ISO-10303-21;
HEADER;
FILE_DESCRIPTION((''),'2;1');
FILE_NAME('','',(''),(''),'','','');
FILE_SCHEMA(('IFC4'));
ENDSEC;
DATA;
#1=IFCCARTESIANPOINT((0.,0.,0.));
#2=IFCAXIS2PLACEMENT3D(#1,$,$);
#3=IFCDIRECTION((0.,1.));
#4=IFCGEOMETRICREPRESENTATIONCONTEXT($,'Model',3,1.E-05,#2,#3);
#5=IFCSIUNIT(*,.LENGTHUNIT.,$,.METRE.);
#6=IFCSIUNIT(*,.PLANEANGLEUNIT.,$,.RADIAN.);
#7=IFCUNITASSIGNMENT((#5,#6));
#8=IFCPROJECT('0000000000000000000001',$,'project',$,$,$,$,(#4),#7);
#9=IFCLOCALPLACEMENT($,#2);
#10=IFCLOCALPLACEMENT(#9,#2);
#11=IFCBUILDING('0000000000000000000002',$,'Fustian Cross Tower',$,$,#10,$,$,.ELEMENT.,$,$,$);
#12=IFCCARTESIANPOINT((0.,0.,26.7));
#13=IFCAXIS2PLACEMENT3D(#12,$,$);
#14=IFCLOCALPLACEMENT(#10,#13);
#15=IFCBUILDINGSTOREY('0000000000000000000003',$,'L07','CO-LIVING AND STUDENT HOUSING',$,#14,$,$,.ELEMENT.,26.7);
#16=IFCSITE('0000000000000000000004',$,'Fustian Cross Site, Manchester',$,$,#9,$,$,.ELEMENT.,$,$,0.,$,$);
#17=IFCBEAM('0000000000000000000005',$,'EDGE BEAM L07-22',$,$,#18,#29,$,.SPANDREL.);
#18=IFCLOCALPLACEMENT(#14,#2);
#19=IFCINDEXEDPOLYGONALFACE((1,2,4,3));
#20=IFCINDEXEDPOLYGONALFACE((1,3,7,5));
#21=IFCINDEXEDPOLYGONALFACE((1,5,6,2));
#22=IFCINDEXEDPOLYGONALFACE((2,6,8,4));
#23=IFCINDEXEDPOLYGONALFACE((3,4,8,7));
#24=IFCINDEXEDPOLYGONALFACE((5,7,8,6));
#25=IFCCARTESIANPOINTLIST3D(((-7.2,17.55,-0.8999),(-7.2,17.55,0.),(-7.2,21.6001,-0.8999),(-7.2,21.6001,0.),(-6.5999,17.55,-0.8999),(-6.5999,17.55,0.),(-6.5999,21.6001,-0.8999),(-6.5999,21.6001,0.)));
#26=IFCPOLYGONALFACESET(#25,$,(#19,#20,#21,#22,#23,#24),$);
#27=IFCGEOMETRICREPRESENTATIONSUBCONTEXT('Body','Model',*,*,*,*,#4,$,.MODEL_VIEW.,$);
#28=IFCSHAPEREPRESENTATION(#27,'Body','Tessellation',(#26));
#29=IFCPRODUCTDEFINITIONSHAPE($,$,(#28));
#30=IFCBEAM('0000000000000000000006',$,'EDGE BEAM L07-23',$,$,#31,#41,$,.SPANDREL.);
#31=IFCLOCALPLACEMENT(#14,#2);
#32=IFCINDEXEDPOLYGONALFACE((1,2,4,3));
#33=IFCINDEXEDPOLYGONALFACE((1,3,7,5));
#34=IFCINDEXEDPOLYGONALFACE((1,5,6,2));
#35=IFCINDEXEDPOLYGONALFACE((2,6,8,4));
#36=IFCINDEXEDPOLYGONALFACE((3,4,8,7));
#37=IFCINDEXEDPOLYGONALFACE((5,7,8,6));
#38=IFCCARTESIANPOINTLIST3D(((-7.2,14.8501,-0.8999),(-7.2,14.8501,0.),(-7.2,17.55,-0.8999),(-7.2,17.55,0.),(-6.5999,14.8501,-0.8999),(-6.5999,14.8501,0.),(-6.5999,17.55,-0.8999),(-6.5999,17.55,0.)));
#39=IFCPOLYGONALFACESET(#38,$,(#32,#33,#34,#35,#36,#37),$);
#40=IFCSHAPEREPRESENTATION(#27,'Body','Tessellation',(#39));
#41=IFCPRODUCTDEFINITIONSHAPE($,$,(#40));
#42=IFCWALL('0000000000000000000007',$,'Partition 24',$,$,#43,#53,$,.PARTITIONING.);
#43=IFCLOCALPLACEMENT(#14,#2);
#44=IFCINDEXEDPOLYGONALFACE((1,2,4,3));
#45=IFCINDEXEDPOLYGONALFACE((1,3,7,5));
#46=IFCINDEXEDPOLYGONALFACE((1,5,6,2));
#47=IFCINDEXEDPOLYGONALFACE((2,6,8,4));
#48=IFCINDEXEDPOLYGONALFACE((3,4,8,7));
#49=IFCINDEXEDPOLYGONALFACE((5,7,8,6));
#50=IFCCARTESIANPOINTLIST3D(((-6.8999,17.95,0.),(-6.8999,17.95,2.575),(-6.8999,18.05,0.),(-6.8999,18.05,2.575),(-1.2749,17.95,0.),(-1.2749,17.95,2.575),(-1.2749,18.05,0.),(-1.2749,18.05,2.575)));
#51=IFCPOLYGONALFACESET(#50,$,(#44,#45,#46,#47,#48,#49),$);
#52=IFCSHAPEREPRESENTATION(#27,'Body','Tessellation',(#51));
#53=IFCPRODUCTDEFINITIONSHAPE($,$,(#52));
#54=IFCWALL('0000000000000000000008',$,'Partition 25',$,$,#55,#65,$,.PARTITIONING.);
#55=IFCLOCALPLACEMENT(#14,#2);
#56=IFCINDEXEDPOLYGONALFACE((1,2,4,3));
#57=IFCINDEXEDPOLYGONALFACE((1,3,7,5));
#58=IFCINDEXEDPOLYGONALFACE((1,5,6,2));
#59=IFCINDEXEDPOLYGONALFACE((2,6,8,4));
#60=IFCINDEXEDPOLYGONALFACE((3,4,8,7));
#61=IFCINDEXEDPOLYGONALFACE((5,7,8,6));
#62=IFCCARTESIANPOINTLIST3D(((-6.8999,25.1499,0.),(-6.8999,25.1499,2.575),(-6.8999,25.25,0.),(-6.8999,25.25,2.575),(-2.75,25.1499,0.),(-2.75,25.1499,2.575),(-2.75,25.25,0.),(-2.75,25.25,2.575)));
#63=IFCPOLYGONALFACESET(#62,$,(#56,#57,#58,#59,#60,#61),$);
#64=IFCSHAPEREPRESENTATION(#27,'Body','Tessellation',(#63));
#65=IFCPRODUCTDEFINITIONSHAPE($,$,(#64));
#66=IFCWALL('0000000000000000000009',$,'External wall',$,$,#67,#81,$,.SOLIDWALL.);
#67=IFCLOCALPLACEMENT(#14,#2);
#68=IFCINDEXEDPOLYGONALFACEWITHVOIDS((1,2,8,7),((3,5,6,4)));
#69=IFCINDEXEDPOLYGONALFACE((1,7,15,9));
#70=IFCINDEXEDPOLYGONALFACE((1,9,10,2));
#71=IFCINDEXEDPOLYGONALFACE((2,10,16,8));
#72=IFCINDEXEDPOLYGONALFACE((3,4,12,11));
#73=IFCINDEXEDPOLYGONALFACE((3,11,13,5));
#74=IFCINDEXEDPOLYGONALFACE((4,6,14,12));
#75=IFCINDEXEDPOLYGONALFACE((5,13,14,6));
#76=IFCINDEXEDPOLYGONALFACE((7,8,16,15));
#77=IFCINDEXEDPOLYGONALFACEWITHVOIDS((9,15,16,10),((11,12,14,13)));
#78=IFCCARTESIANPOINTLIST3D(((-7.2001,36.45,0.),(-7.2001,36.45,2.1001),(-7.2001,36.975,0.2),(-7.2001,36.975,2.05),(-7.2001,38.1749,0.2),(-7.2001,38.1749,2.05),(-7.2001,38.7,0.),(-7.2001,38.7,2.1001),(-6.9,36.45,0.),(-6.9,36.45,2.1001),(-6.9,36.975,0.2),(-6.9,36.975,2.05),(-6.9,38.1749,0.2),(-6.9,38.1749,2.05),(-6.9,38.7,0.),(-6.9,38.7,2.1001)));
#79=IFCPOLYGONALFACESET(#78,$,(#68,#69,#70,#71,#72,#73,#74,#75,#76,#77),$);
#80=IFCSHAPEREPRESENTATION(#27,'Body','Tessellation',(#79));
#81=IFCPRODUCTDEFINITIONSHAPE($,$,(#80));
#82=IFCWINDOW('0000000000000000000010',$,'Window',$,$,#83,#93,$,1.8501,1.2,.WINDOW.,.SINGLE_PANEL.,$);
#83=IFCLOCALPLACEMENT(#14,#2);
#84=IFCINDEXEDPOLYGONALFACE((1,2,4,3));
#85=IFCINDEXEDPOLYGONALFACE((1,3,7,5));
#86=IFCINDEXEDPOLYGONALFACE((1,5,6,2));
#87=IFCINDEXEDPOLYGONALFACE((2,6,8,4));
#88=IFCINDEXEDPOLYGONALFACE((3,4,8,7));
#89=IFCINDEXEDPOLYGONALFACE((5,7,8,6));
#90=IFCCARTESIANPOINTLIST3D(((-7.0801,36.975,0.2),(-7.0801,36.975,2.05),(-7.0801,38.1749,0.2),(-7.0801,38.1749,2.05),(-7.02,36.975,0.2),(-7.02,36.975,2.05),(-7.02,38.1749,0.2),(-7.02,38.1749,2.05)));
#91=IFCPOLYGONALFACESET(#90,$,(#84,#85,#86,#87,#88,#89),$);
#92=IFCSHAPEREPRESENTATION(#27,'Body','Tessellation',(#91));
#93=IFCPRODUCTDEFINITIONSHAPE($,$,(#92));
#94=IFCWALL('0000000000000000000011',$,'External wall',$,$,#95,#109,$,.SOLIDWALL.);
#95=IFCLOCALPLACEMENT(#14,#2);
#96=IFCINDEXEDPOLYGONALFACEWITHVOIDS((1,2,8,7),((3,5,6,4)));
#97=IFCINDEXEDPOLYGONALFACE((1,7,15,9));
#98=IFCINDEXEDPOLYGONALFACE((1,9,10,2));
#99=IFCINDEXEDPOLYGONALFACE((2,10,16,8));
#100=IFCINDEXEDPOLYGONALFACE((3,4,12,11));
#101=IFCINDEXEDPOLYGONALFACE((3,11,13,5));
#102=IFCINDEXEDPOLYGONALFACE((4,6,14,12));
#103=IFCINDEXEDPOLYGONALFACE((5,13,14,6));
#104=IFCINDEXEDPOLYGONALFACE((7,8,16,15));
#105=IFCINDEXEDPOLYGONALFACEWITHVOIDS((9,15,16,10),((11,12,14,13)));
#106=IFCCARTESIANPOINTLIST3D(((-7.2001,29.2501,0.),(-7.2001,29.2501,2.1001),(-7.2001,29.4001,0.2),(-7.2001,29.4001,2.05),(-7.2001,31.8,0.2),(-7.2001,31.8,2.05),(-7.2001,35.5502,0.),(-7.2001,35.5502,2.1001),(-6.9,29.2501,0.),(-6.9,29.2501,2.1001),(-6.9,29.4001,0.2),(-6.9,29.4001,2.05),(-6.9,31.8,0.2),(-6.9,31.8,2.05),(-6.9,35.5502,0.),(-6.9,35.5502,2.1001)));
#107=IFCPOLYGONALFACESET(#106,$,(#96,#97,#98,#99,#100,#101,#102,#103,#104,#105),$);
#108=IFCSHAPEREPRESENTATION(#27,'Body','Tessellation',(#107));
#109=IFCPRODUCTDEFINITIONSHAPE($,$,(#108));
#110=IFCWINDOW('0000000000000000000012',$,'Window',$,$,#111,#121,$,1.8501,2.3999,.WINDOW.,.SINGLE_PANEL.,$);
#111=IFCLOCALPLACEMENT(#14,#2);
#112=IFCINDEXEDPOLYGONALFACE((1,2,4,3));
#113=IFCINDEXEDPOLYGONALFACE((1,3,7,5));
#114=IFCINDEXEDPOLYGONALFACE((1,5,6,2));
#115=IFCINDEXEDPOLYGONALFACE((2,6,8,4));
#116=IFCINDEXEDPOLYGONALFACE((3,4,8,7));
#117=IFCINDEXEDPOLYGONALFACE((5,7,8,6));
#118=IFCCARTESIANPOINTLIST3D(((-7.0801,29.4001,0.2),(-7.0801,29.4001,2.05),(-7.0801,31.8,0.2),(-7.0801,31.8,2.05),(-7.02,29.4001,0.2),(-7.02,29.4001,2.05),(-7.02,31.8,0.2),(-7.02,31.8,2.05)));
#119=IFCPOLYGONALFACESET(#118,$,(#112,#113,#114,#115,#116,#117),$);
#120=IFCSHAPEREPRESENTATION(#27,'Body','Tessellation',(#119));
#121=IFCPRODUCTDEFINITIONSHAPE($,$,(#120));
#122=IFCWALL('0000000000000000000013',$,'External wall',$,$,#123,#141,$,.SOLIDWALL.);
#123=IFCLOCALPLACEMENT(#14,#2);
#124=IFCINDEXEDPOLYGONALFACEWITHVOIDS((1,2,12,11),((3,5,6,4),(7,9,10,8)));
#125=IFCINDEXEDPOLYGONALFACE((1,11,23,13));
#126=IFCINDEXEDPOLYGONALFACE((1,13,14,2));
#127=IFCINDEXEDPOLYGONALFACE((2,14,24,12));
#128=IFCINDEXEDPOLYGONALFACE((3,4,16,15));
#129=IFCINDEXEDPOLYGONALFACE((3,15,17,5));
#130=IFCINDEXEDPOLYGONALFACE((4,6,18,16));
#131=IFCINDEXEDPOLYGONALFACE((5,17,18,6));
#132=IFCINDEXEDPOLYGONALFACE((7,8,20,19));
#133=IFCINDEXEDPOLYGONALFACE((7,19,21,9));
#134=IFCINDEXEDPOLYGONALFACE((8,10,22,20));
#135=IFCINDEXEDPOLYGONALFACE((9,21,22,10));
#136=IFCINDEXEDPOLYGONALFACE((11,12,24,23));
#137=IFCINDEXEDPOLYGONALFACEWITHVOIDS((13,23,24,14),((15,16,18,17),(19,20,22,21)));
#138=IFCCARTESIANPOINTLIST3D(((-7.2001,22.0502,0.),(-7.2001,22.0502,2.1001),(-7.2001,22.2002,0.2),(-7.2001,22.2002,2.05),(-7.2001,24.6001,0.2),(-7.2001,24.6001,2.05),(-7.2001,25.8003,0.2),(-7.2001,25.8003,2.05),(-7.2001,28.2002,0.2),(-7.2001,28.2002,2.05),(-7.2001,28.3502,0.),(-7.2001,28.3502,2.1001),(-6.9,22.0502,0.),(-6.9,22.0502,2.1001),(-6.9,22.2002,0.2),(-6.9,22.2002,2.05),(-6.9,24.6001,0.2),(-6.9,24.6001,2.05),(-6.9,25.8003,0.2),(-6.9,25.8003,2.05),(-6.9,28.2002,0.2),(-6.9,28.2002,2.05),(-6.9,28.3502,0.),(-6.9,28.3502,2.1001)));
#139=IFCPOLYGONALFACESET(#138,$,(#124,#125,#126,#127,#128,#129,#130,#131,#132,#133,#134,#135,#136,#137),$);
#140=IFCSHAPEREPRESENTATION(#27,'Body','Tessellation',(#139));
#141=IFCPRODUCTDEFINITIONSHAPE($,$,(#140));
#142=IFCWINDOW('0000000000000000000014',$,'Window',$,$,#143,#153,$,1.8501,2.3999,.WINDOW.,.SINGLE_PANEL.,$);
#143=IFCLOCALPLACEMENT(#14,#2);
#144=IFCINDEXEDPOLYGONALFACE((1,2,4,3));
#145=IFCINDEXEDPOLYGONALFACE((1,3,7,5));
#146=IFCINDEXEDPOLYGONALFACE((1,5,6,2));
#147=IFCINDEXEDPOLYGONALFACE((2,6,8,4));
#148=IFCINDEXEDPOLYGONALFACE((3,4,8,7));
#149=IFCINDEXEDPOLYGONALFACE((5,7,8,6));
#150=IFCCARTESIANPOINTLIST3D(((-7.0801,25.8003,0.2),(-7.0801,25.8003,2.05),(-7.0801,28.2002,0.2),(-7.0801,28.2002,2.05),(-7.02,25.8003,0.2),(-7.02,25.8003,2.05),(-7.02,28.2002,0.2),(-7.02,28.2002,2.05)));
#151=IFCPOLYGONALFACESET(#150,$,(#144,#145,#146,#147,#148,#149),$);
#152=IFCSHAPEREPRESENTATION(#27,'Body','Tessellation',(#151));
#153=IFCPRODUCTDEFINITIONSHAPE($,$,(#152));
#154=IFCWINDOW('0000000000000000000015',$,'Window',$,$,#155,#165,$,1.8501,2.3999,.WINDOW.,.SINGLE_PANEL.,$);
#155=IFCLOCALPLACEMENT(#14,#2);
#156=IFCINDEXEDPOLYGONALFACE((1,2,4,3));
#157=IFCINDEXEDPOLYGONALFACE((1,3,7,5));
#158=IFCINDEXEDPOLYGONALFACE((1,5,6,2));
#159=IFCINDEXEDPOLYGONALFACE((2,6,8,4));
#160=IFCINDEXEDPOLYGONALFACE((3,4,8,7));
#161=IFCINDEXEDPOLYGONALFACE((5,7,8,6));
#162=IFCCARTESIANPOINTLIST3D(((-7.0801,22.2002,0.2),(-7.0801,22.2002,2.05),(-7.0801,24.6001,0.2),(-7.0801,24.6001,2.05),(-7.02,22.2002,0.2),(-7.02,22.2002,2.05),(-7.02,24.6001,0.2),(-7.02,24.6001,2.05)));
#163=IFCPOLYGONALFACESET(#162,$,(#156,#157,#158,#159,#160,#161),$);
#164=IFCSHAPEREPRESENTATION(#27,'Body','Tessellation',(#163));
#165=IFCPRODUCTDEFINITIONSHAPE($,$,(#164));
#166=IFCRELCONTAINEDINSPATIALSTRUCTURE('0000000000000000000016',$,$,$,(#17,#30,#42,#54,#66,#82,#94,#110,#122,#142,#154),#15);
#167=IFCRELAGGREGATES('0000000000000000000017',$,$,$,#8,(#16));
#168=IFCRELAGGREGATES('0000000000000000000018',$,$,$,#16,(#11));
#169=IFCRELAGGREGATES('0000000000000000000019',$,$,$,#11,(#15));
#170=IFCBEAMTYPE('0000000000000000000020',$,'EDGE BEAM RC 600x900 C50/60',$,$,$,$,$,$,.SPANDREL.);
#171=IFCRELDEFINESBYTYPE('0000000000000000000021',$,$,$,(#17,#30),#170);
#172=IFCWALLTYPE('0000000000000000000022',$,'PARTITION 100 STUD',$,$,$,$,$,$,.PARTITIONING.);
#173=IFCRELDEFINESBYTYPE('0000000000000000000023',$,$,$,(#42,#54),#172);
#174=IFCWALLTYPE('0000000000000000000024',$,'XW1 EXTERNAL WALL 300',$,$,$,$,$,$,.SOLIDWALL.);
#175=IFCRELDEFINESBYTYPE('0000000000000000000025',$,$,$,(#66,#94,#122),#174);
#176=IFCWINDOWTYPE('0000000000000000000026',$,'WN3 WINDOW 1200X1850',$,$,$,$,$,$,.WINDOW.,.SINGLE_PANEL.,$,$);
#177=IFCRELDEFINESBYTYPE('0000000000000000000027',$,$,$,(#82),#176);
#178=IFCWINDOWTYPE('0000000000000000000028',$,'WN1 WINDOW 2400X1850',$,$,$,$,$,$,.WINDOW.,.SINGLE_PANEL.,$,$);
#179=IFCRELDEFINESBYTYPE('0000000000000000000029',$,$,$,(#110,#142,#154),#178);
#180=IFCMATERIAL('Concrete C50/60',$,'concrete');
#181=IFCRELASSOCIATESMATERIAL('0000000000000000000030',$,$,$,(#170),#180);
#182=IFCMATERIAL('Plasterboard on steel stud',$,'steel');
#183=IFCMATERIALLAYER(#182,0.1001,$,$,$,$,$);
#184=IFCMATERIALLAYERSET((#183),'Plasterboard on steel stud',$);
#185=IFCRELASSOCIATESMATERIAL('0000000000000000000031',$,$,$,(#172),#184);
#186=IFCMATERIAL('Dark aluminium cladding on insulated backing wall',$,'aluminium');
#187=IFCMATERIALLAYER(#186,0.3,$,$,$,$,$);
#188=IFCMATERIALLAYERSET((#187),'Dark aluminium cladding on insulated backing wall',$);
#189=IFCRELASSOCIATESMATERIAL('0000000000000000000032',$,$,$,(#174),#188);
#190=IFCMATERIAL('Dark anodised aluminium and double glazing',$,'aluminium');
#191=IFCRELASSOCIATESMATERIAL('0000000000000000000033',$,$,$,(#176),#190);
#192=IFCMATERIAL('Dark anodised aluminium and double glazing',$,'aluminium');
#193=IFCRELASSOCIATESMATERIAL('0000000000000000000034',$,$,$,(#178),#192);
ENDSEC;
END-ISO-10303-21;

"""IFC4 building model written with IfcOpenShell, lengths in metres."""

from ifc_helpers import new_model, si_unit, direction, frame, frame_2d, origin, origin_2d, place, context, subcontext, project, spatial, rectangle, extrude, material, layer, layer_set, material_profile, profile_set, type_object, element, fill, save


model = new_model("IFC4")

# Units and contexts
model_context = context("Model", 3, precision=1e-05, world=origin(), true_north=direction((0.0, 1.0)))
body_context = subcontext(model_context, "Body", "Model", "MODEL_VIEW")
ifc_project = project(units=[si_unit("LENGTHUNIT", "METRE"), si_unit("PLANEANGLEUNIT", "RADIAN")], contexts=[model_context])

# Site, building, storey
site_placement = place(None, origin())
site = spatial("IfcSite", under=ifc_project, at=site_placement, Name="Fustian Cross Site, Manchester", CompositionType="ELEMENT", RefElevation=0.0)
building_placement = place(site_placement, origin())
building = spatial("IfcBuilding", under=site, at=building_placement, Name="Fustian Cross Tower", CompositionType="ELEMENT")
storey_placement = place(building_placement, frame((0.0, 0.0, 26.7)))
storey = spatial("IfcBuildingStorey", under=building, at=storey_placement, Name="L07", Description="CO-LIVING AND STUDENT HOUSING", CompositionType="ELEMENT", Elevation=26.7)

# Beams
ifc_material_1 = material(Name="Concrete C50/60", Category="concrete")
ifc_material_profile = material_profile(ifc_material_1, rectangle(XDim=0.6001, YDim=0.8999, at=origin_2d()), Name="RC 600x900")
ifc_profile_set = profile_set([ifc_material_profile], Name="Concrete C50/60")
beam_type = type_object("IfcBeamType", Name="EDGE BEAM RC 600x900 C50/60", PredefinedType="SPANDREL", material=ifc_profile_set)
beam_1_placement = place(storey_placement, frame((-6.8999, 21.6001, -0.45), z_axis=(0.0, -1.0, 0.0), x_axis=(1.0, 0.0, 0.0)))
element("IfcBeam", 1, at=beam_1_placement, inside=storey, type_object=beam_type, Name="EDGE BEAM L07-22", PredefinedType="SPANDREL", context=body_context, shape_type="SweptSolid", body=[
    extrude(rectangle(XDim=0.6001, YDim=0.8999, at=origin_2d()), origin(), (0.0, 0.0, 1.0), 4.05),
])
beam_2_placement = place(storey_placement, frame((-6.8999, 17.55, -0.45), z_axis=(0.0, -1.0, 0.0), x_axis=(1.0, 0.0, 0.0)))
element("IfcBeam", 2, at=beam_2_placement, inside=storey, type_object=beam_type, Name="EDGE BEAM L07-23", PredefinedType="SPANDREL", context=body_context, shape_type="SweptSolid", body=[
    extrude(rectangle(XDim=0.6001, YDim=0.8999, at=origin_2d()), origin(), (0.0, 0.0, 1.0), 2.7),
])

# Walls
ifc_material_2 = material(Name="Plasterboard on steel stud", Category="steel")
ifc_layer_1 = layer(ifc_material_2, 0.1001)
ifc_layer_set_1 = layer_set([ifc_layer_1], Name="Plasterboard on steel stud")
wall_type_1 = type_object("IfcWallType", Name="PARTITION 100 STUD", PredefinedType="PARTITIONING", material=ifc_layer_set_1)
wall_1_placement = place(storey_placement, frame((-6.8999, 18.0, 0.0), z_axis=(0.0, 0.0, 1.0), x_axis=(1.0, 0.0, 0.0)))
element("IfcWall", 3, at=wall_1_placement, inside=storey, type_object=wall_type_1, Name="Partition 24", PredefinedType="PARTITIONING", context=body_context, shape_type="SweptSolid", body=[
    extrude(rectangle(XDim=5.625, YDim=0.1001, at=frame_2d((2.8125, 0.0))), origin(), (0.0, 0.0, 1.0), 2.575),
])
wall_2_placement = place(storey_placement, frame((-6.8999, 25.2, 0.0), z_axis=(0.0, 0.0, 1.0), x_axis=(1.0, 0.0, 0.0)))
element("IfcWall", 4, at=wall_2_placement, inside=storey, type_object=wall_type_1, Name="Partition 25", PredefinedType="PARTITIONING", context=body_context, shape_type="SweptSolid", body=[
    extrude(rectangle(XDim=4.1499, YDim=0.1001, at=frame_2d((2.075, 0.0))), origin(), (0.0, 0.0, 1.0), 2.575),
])

# Walls, openings, windows
ifc_material_3 = material(Name="Dark aluminium cladding on insulated backing wall", Category="aluminium")
ifc_layer_2 = layer(ifc_material_3, 0.3)
ifc_layer_set_2 = layer_set([ifc_layer_2], Name="Dark aluminium cladding on insulated backing wall")
wall_type_2 = type_object("IfcWallType", Name="XW1 EXTERNAL WALL 300", PredefinedType="SOLIDWALL", material=ifc_layer_set_2)
wall_3_placement = place(storey_placement, frame((-7.05, 38.7, 0.0), z_axis=(0.0, 0.0, 1.0), x_axis=(0.0, -1.0, 0.0)))
wall_3 = element("IfcWall", 5, at=wall_3_placement, inside=storey, type_object=wall_type_2, Name="External wall", PredefinedType="SOLIDWALL", context=body_context, shape_type="SweptSolid", body=[
    extrude(rectangle(XDim=2.25, YDim=0.3, at=frame_2d((1.125, 0.0))), origin(), (0.0, 0.0, 1.0), 2.1001),
])
opening_1_placement = place(wall_3_placement, frame((0.5249, 0.0, 0.2)))
opening_1 = element("IfcOpeningElement", 6, at=opening_1_placement, cuts=wall_3, PredefinedType="OPENING", context=body_context, shape_type="SweptSolid", body=[
    extrude(rectangle(XDim=1.2, YDim=1.8501, at=frame_2d((0.6001, 0.925))), frame((0.0, 0.1599, 0.0), z_axis=(0.0, -1.0, 0.0), x_axis=(1.0, 0.0, 0.0)), (0.0, 0.0, 1.0), 0.3201),
])
ifc_material_4 = material(Name="Dark anodised aluminium and double glazing", Category="aluminium")
window_type_1 = type_object("IfcWindowType", Name="WN3 WINDOW 1200X1850", PartitioningType="SINGLE_PANEL", PredefinedType="WINDOW", material=ifc_material_4)
window_1_placement = place(opening_1_placement, origin())
window_1 = element("IfcWindow", 7, at=window_1_placement, inside=storey, type_object=window_type_1, Name="Window", OverallHeight=1.8501, OverallWidth=1.2, PartitioningType="SINGLE_PANEL", PredefinedType="WINDOW", context=body_context, shape_type="SweptSolid", body=[
    extrude(rectangle(XDim=1.2, YDim=1.8501, at=frame_2d((0.6001, 0.925))), frame((0.0, 0.03, 0.0), z_axis=(0.0, -1.0, 0.0), x_axis=(1.0, 0.0, 0.0)), (0.0, 0.0, 1.0), 0.0601),
])
fill(opening_1, window_1)
wall_4_placement = place(storey_placement, frame((-7.05, 35.55, 0.0), z_axis=(0.0, 0.0, 1.0), x_axis=(0.0, -1.0, 0.0)))
wall_4 = element("IfcWall", 8, at=wall_4_placement, inside=storey, type_object=wall_type_2, Name="External wall", PredefinedType="SOLIDWALL", context=body_context, shape_type="SweptSolid", body=[
    extrude(rectangle(XDim=6.3, YDim=0.3, at=frame_2d((3.1499, 0.0))), origin(), (0.0, 0.0, 1.0), 2.1001),
])
opening_2_placement = place(wall_4_placement, frame((3.75, 0.0, 0.2)))
opening_2 = element("IfcOpeningElement", 9, at=opening_2_placement, cuts=wall_4, PredefinedType="OPENING", context=body_context, shape_type="SweptSolid", body=[
    extrude(rectangle(XDim=2.3999, YDim=1.8501, at=frame_2d((1.2, 0.925))), frame((0.0, 0.1599, 0.0), z_axis=(0.0, -1.0, 0.0), x_axis=(1.0, 0.0, 0.0)), (0.0, 0.0, 1.0), 0.3201),
])
ifc_material_5 = material(Name="Dark anodised aluminium and double glazing", Category="aluminium")
window_type_2 = type_object("IfcWindowType", Name="WN1 WINDOW 2400X1850", PartitioningType="SINGLE_PANEL", PredefinedType="WINDOW", material=ifc_material_5)
window_2_placement = place(opening_2_placement, origin())
window_2 = element("IfcWindow", 10, at=window_2_placement, inside=storey, type_object=window_type_2, Name="Window", OverallHeight=1.8501, OverallWidth=2.3999, PartitioningType="SINGLE_PANEL", PredefinedType="WINDOW", context=body_context, shape_type="SweptSolid", body=[
    extrude(rectangle(XDim=2.3999, YDim=1.8501, at=frame_2d((1.2, 0.925))), frame((0.0, 0.03, 0.0), z_axis=(0.0, -1.0, 0.0), x_axis=(1.0, 0.0, 0.0)), (0.0, 0.0, 1.0), 0.0601),
])
fill(opening_2, window_2)

# Wall, openings, windows
wall_5_placement = place(storey_placement, frame((-7.05, 28.3501, 0.0), z_axis=(0.0, 0.0, 1.0), x_axis=(0.0, -1.0, 0.0)))
wall_5 = element("IfcWall", 11, at=wall_5_placement, inside=storey, type_object=wall_type_2, Name="External wall", PredefinedType="SOLIDWALL", context=body_context, shape_type="SweptSolid", body=[
    extrude(rectangle(XDim=6.3, YDim=0.3, at=frame_2d((3.1499, 0.0))), origin(), (0.0, 0.0, 1.0), 2.1001),
])
opening_3_placement = place(wall_5_placement, frame((0.1499, 0.0, 0.2)))
opening_3 = element("IfcOpeningElement", 12, at=opening_3_placement, cuts=wall_5, PredefinedType="OPENING", context=body_context, shape_type="SweptSolid", body=[
    extrude(rectangle(XDim=2.3999, YDim=1.8501, at=frame_2d((1.2, 0.925))), frame((0.0, 0.1599, 0.0), z_axis=(0.0, -1.0, 0.0), x_axis=(1.0, 0.0, 0.0)), (0.0, 0.0, 1.0), 0.3201),
])
opening_4_placement = place(wall_5_placement, frame((3.75, 0.0, 0.2)))
opening_4 = element("IfcOpeningElement", 13, at=opening_4_placement, cuts=wall_5, PredefinedType="OPENING", context=body_context, shape_type="SweptSolid", body=[
    extrude(rectangle(XDim=2.3999, YDim=1.8501, at=frame_2d((1.2, 0.925))), frame((0.0, 0.1599, 0.0), z_axis=(0.0, -1.0, 0.0), x_axis=(1.0, 0.0, 0.0)), (0.0, 0.0, 1.0), 0.3201),
])
window_3_placement = place(opening_3_placement, origin())
window_3 = element("IfcWindow", 14, at=window_3_placement, inside=storey, type_object=window_type_2, Name="Window", OverallHeight=1.8501, OverallWidth=2.3999, PartitioningType="SINGLE_PANEL", PredefinedType="WINDOW", context=body_context, shape_type="SweptSolid", body=[
    extrude(rectangle(XDim=2.3999, YDim=1.8501, at=frame_2d((1.2, 0.925))), frame((0.0, 0.03, 0.0), z_axis=(0.0, -1.0, 0.0), x_axis=(1.0, 0.0, 0.0)), (0.0, 0.0, 1.0), 0.0601),
])
fill(opening_3, window_3)
window_4_placement = place(opening_4_placement, origin())
window_4 = element("IfcWindow", 15, at=window_4_placement, inside=storey, type_object=window_type_2, Name="Window", OverallHeight=1.8501, OverallWidth=2.3999, PartitioningType="SINGLE_PANEL", PredefinedType="WINDOW", context=body_context, shape_type="SweptSolid", body=[
    extrude(rectangle(XDim=2.3999, YDim=1.8501, at=frame_2d((1.2, 0.925))), frame((0.0, 0.03, 0.0), z_axis=(0.0, -1.0, 0.0), x_axis=(1.0, 0.0, 0.0)), (0.0, 0.0, 1.0), 0.0601),
])
fill(opening_4, window_4)

save(model, "model.ifc")
